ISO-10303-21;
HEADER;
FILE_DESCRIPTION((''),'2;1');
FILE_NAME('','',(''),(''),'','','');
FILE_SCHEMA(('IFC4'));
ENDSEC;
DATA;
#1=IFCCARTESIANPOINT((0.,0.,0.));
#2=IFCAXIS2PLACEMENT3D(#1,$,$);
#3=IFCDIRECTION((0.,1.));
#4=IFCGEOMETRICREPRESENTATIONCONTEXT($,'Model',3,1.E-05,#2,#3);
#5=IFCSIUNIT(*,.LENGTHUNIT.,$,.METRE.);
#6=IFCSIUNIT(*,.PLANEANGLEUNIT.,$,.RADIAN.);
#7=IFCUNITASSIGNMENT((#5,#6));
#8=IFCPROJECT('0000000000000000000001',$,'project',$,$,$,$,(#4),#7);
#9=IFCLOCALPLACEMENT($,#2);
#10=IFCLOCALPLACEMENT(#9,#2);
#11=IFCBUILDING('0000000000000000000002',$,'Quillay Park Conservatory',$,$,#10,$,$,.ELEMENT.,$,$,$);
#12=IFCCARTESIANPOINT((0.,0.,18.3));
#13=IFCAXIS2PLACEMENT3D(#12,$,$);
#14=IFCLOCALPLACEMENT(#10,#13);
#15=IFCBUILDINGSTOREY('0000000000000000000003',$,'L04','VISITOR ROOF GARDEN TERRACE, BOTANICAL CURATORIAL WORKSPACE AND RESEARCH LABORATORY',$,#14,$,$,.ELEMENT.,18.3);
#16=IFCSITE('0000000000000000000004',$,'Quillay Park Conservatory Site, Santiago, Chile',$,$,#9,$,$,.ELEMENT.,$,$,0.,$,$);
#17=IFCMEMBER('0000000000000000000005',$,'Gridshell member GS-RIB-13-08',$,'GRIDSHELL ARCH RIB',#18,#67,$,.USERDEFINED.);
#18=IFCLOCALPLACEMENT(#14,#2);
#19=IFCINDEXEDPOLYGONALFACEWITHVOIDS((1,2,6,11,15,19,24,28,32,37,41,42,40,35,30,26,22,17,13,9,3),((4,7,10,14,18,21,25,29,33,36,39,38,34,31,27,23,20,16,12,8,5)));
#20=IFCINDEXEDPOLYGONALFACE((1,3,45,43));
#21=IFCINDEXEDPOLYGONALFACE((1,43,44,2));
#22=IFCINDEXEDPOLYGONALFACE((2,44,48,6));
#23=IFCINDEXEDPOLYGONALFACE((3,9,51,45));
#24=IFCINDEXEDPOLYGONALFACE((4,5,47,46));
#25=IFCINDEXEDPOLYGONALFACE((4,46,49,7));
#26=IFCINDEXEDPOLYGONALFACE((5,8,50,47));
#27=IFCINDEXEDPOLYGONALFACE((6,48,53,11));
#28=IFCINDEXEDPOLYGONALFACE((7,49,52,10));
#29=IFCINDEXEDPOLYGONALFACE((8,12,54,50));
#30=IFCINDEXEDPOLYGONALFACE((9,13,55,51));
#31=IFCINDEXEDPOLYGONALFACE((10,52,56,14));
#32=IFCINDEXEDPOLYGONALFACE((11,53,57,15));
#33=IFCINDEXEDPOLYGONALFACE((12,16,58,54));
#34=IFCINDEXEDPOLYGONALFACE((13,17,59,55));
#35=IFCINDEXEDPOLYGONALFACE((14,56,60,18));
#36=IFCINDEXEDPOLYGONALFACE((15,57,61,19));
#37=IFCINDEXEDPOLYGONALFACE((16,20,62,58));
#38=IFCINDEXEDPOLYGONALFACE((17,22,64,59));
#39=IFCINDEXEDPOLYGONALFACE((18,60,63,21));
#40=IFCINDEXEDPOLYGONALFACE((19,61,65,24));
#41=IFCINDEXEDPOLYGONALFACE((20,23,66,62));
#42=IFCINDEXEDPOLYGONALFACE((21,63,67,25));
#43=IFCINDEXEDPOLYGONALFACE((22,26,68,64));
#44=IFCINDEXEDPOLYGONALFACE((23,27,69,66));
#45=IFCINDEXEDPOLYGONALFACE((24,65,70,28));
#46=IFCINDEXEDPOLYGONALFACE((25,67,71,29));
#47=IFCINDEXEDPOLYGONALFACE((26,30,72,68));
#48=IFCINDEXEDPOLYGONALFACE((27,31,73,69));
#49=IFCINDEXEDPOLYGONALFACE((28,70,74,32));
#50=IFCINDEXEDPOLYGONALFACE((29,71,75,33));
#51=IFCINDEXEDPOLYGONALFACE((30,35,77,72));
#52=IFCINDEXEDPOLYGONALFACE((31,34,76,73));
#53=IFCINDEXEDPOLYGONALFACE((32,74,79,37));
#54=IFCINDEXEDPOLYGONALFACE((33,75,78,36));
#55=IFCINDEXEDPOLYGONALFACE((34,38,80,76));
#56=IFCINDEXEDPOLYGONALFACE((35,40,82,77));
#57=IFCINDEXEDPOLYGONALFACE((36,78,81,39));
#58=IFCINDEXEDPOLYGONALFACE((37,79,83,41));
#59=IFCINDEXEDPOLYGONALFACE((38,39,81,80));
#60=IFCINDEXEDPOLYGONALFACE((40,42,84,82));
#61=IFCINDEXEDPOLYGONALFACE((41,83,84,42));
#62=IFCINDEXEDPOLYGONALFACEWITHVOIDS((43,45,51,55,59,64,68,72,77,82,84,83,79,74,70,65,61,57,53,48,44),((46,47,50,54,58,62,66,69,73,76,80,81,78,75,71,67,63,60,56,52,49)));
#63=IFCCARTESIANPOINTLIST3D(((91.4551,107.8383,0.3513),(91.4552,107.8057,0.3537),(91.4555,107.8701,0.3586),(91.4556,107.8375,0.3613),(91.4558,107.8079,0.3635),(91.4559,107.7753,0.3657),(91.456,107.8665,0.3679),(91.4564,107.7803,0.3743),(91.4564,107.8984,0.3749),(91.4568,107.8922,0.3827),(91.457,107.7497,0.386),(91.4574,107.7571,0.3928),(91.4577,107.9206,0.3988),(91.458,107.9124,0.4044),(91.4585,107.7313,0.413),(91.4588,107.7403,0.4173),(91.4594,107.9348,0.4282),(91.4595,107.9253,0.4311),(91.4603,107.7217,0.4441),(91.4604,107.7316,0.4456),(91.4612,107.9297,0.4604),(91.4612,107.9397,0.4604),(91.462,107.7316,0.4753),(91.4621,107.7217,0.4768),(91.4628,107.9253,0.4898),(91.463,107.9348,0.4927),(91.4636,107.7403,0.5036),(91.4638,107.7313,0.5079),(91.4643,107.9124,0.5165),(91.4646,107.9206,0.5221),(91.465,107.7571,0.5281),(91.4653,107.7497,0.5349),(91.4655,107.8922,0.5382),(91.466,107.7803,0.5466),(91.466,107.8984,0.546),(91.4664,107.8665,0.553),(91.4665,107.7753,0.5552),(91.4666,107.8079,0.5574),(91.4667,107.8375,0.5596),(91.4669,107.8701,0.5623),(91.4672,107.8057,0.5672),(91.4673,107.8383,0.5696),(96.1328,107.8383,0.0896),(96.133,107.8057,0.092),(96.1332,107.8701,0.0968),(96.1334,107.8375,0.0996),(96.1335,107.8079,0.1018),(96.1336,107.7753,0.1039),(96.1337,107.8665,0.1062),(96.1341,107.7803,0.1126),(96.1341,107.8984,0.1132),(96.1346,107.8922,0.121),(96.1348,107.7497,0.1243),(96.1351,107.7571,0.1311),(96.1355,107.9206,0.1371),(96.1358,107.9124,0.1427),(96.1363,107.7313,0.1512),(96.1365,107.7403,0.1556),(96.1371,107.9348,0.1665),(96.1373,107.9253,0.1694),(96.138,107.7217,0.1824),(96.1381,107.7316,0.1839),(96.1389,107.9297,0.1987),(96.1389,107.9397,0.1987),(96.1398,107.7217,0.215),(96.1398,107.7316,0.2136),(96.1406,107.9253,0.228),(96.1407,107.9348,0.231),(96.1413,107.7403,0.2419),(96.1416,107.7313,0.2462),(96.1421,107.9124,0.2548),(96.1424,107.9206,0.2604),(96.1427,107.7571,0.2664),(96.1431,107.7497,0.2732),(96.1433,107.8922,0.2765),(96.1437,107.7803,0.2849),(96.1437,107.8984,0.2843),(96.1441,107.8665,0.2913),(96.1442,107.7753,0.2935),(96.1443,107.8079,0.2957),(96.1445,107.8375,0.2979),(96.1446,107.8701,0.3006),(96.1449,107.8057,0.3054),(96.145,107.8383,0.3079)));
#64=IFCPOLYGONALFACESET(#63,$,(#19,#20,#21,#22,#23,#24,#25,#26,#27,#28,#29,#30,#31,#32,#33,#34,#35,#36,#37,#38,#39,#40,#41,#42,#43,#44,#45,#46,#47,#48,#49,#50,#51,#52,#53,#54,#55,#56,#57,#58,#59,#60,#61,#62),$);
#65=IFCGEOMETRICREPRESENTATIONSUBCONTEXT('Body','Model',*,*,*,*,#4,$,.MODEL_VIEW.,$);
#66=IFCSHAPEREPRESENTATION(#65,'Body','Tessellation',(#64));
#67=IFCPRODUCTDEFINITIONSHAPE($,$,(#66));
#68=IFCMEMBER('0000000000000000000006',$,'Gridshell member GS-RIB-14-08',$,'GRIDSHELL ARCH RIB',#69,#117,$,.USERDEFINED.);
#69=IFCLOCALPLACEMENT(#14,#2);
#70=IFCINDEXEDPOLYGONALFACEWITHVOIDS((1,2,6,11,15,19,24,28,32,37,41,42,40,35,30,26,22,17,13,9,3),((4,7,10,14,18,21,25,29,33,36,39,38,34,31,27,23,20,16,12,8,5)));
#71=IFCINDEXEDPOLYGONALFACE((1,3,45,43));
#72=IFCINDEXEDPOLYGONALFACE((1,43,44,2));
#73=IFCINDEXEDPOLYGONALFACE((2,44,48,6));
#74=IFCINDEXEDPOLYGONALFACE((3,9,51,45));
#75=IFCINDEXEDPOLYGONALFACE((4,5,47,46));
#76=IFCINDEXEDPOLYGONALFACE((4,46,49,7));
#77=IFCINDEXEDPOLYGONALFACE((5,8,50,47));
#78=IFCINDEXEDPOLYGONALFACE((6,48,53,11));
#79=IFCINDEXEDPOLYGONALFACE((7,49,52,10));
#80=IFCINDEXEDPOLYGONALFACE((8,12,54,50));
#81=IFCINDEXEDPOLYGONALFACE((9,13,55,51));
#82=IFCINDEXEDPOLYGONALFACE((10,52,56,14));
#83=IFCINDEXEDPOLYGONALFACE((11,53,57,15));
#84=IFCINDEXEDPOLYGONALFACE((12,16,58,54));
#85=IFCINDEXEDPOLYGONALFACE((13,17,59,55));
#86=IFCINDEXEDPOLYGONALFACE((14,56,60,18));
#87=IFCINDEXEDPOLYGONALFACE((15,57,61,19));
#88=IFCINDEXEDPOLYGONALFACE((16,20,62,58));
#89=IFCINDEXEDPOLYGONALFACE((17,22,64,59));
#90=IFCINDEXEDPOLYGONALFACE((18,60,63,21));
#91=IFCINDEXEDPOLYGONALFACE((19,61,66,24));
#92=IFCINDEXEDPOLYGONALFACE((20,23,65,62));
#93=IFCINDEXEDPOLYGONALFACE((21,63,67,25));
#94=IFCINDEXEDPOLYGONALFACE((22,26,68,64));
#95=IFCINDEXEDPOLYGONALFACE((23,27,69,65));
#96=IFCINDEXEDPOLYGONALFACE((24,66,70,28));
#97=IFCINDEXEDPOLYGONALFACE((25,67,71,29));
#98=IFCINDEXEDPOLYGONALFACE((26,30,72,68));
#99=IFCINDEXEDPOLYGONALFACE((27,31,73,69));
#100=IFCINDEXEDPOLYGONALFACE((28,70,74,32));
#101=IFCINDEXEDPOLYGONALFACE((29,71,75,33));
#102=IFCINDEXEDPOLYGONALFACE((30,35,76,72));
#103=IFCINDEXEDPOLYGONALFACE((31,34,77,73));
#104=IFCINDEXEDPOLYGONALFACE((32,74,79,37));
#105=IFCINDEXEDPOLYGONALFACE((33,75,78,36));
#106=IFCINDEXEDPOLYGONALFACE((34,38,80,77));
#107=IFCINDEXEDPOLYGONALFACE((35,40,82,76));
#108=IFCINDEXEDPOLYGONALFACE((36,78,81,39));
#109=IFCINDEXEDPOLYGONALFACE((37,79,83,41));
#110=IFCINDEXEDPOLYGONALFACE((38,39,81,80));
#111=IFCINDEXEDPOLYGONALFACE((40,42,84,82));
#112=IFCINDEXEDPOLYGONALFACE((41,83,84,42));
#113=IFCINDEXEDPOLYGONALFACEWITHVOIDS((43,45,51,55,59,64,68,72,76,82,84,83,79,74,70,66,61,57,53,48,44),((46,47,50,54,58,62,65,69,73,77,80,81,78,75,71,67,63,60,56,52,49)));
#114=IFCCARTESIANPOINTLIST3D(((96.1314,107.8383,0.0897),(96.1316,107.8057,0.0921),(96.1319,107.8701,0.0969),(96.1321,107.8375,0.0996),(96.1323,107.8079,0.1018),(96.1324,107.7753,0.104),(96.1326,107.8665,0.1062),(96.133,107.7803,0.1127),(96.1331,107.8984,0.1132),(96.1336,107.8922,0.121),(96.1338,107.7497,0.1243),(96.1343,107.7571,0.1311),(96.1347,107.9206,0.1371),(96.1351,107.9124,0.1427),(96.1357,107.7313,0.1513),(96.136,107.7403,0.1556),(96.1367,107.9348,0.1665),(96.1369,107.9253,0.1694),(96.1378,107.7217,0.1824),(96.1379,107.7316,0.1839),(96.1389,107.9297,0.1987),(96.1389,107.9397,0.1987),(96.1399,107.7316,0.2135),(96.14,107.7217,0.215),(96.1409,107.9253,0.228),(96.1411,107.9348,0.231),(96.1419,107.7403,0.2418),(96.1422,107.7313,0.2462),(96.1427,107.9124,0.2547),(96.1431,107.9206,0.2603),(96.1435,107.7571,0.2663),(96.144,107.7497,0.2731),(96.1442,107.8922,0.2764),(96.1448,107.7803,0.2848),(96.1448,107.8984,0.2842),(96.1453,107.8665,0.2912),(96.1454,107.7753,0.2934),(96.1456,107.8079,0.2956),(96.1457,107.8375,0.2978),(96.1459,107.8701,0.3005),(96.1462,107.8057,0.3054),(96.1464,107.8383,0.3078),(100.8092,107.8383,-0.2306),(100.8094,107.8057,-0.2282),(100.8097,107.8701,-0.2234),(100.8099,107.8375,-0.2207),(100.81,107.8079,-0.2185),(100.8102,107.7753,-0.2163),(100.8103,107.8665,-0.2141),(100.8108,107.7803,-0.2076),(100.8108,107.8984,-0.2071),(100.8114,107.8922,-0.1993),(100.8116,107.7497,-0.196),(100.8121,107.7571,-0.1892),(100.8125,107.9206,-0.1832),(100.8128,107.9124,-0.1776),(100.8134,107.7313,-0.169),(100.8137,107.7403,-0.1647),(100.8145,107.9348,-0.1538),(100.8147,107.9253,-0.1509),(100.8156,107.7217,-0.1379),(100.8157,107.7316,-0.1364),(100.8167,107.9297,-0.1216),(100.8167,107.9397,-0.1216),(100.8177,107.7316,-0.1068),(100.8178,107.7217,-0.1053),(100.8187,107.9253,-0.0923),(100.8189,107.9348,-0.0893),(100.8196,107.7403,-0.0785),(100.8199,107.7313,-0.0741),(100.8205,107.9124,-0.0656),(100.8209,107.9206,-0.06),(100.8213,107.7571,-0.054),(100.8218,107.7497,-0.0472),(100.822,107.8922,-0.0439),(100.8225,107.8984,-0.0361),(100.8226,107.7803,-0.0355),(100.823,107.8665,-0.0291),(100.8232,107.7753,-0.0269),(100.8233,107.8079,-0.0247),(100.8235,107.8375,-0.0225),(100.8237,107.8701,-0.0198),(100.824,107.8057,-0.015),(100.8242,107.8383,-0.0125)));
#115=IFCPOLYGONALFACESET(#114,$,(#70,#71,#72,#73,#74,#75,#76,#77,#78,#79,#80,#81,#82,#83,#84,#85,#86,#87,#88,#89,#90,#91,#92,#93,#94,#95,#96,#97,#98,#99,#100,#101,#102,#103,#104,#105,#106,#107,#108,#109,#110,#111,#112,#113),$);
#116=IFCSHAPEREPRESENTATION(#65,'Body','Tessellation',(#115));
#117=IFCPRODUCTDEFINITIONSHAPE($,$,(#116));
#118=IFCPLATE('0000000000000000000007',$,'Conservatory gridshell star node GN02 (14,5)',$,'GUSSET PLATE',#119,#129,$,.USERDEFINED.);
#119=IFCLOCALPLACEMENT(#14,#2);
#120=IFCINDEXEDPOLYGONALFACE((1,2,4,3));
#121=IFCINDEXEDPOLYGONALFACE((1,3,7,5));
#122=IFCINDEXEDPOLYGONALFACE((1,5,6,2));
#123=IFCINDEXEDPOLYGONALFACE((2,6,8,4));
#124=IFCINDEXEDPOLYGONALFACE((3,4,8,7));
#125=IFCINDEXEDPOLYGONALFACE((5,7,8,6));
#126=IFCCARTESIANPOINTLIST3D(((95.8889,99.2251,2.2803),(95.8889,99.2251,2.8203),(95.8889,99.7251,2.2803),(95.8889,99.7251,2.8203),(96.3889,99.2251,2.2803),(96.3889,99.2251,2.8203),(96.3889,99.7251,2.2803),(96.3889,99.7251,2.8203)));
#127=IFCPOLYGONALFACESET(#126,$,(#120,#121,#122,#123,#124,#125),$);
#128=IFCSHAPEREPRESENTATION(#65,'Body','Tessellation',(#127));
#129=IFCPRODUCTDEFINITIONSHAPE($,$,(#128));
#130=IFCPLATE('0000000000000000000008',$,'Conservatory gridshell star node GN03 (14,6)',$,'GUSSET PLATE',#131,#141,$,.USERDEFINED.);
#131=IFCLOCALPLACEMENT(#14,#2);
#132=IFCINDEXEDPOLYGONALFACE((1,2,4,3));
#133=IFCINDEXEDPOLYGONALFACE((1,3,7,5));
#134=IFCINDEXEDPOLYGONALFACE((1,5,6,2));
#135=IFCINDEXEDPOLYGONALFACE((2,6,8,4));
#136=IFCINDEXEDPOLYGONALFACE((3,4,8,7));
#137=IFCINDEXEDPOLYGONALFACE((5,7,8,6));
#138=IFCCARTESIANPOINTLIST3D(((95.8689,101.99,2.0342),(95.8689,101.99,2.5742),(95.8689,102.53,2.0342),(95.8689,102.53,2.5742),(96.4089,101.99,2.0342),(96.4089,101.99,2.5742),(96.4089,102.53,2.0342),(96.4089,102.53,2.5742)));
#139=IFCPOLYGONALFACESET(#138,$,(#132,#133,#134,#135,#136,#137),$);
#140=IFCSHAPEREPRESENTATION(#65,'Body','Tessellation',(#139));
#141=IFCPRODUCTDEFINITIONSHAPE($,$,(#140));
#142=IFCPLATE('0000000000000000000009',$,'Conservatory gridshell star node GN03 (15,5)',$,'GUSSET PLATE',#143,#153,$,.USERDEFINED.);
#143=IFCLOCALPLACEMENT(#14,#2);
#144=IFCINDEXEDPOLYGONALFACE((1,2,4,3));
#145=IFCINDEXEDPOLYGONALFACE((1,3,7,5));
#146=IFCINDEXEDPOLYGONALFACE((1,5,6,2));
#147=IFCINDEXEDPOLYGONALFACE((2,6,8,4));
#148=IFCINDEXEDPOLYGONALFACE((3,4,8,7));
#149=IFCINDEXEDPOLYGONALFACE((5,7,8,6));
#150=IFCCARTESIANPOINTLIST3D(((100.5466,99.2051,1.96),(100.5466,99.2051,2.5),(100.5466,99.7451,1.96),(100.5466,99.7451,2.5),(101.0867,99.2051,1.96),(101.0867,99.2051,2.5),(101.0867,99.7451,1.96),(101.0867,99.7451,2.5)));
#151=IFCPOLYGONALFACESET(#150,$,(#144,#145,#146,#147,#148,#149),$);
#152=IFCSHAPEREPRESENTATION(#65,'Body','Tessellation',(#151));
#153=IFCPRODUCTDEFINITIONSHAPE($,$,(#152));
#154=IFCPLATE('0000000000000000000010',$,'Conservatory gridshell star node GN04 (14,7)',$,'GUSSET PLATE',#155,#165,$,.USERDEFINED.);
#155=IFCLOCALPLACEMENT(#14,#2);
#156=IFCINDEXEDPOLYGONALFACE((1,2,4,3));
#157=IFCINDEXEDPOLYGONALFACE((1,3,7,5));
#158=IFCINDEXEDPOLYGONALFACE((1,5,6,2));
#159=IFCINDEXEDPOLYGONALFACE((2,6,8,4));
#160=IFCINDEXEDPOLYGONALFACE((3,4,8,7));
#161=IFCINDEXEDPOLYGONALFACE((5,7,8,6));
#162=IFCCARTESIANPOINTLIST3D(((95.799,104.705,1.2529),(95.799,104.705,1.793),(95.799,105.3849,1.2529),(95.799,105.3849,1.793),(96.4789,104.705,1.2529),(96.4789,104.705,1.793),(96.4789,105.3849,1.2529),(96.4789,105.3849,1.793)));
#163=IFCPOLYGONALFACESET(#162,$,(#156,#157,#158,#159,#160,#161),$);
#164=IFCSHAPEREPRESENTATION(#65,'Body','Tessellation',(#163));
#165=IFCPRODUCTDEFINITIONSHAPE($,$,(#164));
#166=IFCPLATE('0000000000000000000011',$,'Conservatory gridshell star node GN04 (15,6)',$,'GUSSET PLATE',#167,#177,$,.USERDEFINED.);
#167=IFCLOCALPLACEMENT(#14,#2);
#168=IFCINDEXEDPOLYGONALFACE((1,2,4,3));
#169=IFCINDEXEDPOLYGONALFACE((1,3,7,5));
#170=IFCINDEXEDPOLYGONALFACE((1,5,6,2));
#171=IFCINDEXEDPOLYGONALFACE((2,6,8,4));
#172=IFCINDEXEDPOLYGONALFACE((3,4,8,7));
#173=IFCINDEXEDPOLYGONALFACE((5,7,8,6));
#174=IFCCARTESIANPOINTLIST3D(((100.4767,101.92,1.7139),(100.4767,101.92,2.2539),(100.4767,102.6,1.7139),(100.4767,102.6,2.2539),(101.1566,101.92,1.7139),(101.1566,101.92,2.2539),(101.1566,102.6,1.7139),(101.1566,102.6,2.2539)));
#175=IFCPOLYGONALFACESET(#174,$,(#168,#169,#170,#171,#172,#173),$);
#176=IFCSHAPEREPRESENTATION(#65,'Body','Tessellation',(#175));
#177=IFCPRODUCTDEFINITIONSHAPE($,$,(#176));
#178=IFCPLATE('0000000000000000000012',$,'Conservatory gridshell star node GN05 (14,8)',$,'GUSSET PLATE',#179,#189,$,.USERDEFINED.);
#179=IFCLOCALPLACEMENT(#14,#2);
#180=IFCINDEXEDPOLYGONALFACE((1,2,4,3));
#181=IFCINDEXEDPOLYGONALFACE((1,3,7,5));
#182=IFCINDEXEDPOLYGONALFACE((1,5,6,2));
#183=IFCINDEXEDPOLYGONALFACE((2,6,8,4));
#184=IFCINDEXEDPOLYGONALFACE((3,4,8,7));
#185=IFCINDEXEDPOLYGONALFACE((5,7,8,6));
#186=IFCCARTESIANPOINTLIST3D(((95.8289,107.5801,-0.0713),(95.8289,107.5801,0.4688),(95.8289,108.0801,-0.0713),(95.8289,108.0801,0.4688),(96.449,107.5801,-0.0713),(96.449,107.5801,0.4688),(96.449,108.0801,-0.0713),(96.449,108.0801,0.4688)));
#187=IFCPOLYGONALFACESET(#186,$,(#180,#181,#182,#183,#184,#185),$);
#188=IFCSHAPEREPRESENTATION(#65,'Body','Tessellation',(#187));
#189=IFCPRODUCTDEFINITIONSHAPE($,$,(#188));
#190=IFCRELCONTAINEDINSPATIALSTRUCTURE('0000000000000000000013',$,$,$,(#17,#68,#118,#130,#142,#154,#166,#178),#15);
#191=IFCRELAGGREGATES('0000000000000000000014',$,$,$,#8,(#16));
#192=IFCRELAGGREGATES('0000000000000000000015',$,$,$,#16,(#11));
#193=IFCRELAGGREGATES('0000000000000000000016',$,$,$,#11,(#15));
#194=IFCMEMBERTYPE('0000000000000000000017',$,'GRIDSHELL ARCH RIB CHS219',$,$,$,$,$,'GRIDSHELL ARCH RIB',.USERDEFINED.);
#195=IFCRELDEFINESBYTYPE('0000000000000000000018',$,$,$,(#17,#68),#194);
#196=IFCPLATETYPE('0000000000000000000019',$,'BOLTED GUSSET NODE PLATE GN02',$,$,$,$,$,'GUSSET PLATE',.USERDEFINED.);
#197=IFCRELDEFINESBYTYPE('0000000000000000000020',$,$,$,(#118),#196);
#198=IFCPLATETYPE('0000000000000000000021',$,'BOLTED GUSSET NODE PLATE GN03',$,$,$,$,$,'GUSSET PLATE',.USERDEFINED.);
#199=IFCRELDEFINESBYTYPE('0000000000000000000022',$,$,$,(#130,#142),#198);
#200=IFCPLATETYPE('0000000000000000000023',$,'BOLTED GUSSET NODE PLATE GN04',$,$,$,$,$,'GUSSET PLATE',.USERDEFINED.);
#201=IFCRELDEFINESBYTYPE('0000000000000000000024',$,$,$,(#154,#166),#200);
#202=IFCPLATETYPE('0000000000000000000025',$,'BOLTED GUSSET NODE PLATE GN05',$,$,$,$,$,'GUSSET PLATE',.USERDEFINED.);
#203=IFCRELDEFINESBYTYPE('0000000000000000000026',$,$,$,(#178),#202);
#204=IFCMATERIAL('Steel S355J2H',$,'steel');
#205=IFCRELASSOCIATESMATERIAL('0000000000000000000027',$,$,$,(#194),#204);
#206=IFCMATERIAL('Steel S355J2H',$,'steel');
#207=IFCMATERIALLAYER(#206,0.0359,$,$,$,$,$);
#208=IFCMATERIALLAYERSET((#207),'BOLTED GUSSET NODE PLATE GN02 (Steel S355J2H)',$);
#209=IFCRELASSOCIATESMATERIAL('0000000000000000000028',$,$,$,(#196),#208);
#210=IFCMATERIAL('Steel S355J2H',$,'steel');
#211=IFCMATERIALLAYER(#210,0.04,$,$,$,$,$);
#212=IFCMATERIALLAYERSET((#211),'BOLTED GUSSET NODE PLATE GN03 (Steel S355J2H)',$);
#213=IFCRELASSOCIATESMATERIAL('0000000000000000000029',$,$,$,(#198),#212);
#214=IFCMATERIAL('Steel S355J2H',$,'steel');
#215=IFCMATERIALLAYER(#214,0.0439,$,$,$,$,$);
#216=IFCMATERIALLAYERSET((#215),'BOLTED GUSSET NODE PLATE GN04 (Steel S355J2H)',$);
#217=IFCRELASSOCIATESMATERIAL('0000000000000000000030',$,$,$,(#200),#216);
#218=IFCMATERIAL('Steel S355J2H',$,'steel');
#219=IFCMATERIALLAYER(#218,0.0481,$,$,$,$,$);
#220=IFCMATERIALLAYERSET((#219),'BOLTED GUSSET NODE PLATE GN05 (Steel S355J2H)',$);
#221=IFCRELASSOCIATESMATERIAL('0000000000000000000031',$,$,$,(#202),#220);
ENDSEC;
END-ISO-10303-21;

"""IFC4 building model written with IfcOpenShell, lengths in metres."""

from ifc_helpers import new_model, si_unit, direction, frame, origin, origin_2d, place, context, subcontext, project, spatial, rectangle, hollow_circle, extrude, material, layer, layer_set, material_profile, profile_set, type_object, element, save


model = new_model("IFC4")

# Units and contexts
model_context = context("Model", 3, precision=1e-05, world=origin(), true_north=direction((0.0, 1.0)))
body_context = subcontext(model_context, "Body", "Model", "MODEL_VIEW")
ifc_project = project(units=[si_unit("LENGTHUNIT", "METRE"), si_unit("PLANEANGLEUNIT", "RADIAN")], contexts=[model_context])

# Site, building, storey
site_placement = place(None, origin())
site = spatial("IfcSite", under=ifc_project, at=site_placement, Name="Quillay Park Conservatory Site, Santiago, Chile", CompositionType="ELEMENT", RefElevation=0.0)
building_placement = place(site_placement, origin())
building = spatial("IfcBuilding", under=site, at=building_placement, Name="Quillay Park Conservatory", CompositionType="ELEMENT")
storey_placement = place(building_placement, frame((0.0, 0.0, 18.3)))
storey = spatial("IfcBuildingStorey", under=building, at=storey_placement, Name="L04", Description="VISITOR ROOF GARDEN TERRACE, BOTANICAL CURATORIAL WORKSPACE AND RESEARCH LABORATORY", CompositionType="ELEMENT", Elevation=18.3)

# Members
ifc_material_1 = material(Name="Steel S355J2H", Category="steel")
ifc_material_profile_1 = material_profile(ifc_material_1, hollow_circle(Radius=0.1096, WallThickness=0.01, at=origin_2d()), Name="CHS219.1x10")
ifc_profile_set_1 = profile_set([ifc_material_profile_1], Name="Steel S355J2H")
member_type = type_object("IfcMemberType", Name="GRIDSHELL ARCH RIB CHS219", ElementType="GRIDSHELL ARCH RIB", PredefinedType="USERDEFINED", material=ifc_profile_set_1)
member_1_placement = place(storey_placement, frame((91.4612, 107.8301, 0.4604), z_axis=(0.998438, 0.0, -0.055863), x_axis=(0.0, 1.0, 0.0)))
element("IfcMember", 1, at=member_1_placement, inside=storey, type_object=member_type, Name="Gridshell member GS-RIB-13-08", ObjectType="GRIDSHELL ARCH RIB", PredefinedType="USERDEFINED", context=body_context, shape_type="SweptSolid", body=[
    extrude(hollow_circle(Radius=0.1096, WallThickness=0.01, at=origin_2d()), origin(), (0.0, 0.0, 1.0), 4.6851),
])
member_2_placement = place(storey_placement, frame((96.1389, 107.8301, 0.1987), z_axis=(0.997664, 0.0, -0.068316), x_axis=(0.0, 1.0, 0.0)))
element("IfcMember", 2, at=member_2_placement, inside=storey, type_object=member_type, Name="Gridshell member GS-RIB-14-08", ObjectType="GRIDSHELL ARCH RIB", PredefinedType="USERDEFINED", context=body_context, shape_type="SweptSolid", body=[
    extrude(hollow_circle(Radius=0.1096, WallThickness=0.01, at=origin_2d()), origin(), (0.0, 0.0, 1.0), 4.6887),
])

# Plates
ifc_material_2 = material(Name="Steel S355J2H", Category="steel")
ifc_layer_1 = layer(ifc_material_2, 0.0359)
ifc_layer_set_1 = layer_set([ifc_layer_1], Name="BOLTED GUSSET NODE PLATE GN02 (Steel S355J2H)")
plate_type_1 = type_object("IfcPlateType", Name="BOLTED GUSSET NODE PLATE GN02", ElementType="GUSSET PLATE", PredefinedType="USERDEFINED", material=ifc_layer_set_1)
plate_placement = place(storey_placement, frame((96.1389, 99.4751, 2.2803), z_axis=(0.0, 0.0, 1.0), x_axis=(1.0, 0.0, 0.0)))
element("IfcPlate", 3, at=plate_placement, inside=storey, type_object=plate_type_1, Name="Conservatory gridshell star node GN02 (14,5)", ObjectType="GUSSET PLATE", PredefinedType="USERDEFINED", context=body_context, shape_type="SweptSolid", body=[
    extrude(rectangle(XDim=0.5, YDim=0.5, at=origin_2d()), origin(), (0.0, 0.0, 1.0), 0.54),
])
ifc_material_3 = material(Name="Steel S355J2H", Category="steel")
ifc_layer_2 = layer(ifc_material_3, 0.04)
ifc_layer_set_2 = layer_set([ifc_layer_2], Name="BOLTED GUSSET NODE PLATE GN03 (Steel S355J2H)")
plate_type_2 = type_object("IfcPlateType", Name="BOLTED GUSSET NODE PLATE GN03", ElementType="GUSSET PLATE", PredefinedType="USERDEFINED", material=ifc_layer_set_2)
for number, where, z_axis, x_axis, name in (
    (4, (96.1389, 102.26, 2.0342), (0.0, 0.0, 1.0), (1.0, 0.0, 0.0), "Conservatory gridshell star node GN03 (14,6)"),
    (5, (100.8167, 99.4751, 1.96), (0.0, 0.0, 1.0), (1.0, 0.0, 0.0), "Conservatory gridshell star node GN03 (15,5)"),
):
    element("IfcPlate", number, at=place(storey_placement, frame(where, z_axis=z_axis, x_axis=x_axis)), inside=storey, type_object=plate_type_2, Name=name, ObjectType="GUSSET PLATE", PredefinedType="USERDEFINED", context=body_context, shape_type="SweptSolid", body=[
        extrude(rectangle(XDim=0.54, YDim=0.54, at=origin_2d()), origin(), (0.0, 0.0, 1.0), 0.54),
    ])
ifc_material_4 = material(Name="Steel S355J2H", Category="steel")
ifc_layer_3 = layer(ifc_material_4, 0.0439)
ifc_layer_set_3 = layer_set([ifc_layer_3], Name="BOLTED GUSSET NODE PLATE GN04 (Steel S355J2H)")
plate_type_3 = type_object("IfcPlateType", Name="BOLTED GUSSET NODE PLATE GN04", ElementType="GUSSET PLATE", PredefinedType="USERDEFINED", material=ifc_layer_set_3)
for number, where, z_axis, x_axis, name in (
    (6, (96.1389, 105.0449, 1.2529), (0.0, 0.0, 1.0), (1.0, 0.0, 0.0), "Conservatory gridshell star node GN04 (14,7)"),
    (7, (100.8167, 102.26, 1.7139), (0.0, 0.0, 1.0), (1.0, 0.0, 0.0), "Conservatory gridshell star node GN04 (15,6)"),
):
    element("IfcPlate", number, at=place(storey_placement, frame(where, z_axis=z_axis, x_axis=x_axis)), inside=storey, type_object=plate_type_3, Name=name, ObjectType="GUSSET PLATE", PredefinedType="USERDEFINED", context=body_context, shape_type="SweptSolid", body=[
        extrude(rectangle(XDim=0.6799, YDim=0.6799, at=origin_2d()), origin(), (0.0, 0.0, 1.0), 0.54),
    ])
ifc_material_5 = material(Name="Steel S355J2H", Category="steel")
ifc_layer_4 = layer(ifc_material_5, 0.0481)
ifc_layer_set_4 = layer_set([ifc_layer_4], Name="BOLTED GUSSET NODE PLATE GN05 (Steel S355J2H)")
plate_type_4 = type_object("IfcPlateType", Name="BOLTED GUSSET NODE PLATE GN05", ElementType="GUSSET PLATE", PredefinedType="USERDEFINED", material=ifc_layer_set_4)
for number, where, z_axis, x_axis, name in (
    (8, (96.1389, 107.8301, -0.0713), (0.0, 0.0, 1.0), (1.0, 0.0, 0.0), "Conservatory gridshell star node GN05 (14,8)"),
):
    element("IfcPlate", number, at=place(storey_placement, frame(where, z_axis=z_axis, x_axis=x_axis)), inside=storey, type_object=plate_type_4, Name=name, ObjectType="GUSSET PLATE", PredefinedType="USERDEFINED", context=body_context, shape_type="SweptSolid", body=[
        extrude(rectangle(XDim=0.6201, YDim=0.5, at=origin_2d()), origin(), (0.0, 0.0, 1.0), 0.54),
    ])

save(model, "model.ifc")
